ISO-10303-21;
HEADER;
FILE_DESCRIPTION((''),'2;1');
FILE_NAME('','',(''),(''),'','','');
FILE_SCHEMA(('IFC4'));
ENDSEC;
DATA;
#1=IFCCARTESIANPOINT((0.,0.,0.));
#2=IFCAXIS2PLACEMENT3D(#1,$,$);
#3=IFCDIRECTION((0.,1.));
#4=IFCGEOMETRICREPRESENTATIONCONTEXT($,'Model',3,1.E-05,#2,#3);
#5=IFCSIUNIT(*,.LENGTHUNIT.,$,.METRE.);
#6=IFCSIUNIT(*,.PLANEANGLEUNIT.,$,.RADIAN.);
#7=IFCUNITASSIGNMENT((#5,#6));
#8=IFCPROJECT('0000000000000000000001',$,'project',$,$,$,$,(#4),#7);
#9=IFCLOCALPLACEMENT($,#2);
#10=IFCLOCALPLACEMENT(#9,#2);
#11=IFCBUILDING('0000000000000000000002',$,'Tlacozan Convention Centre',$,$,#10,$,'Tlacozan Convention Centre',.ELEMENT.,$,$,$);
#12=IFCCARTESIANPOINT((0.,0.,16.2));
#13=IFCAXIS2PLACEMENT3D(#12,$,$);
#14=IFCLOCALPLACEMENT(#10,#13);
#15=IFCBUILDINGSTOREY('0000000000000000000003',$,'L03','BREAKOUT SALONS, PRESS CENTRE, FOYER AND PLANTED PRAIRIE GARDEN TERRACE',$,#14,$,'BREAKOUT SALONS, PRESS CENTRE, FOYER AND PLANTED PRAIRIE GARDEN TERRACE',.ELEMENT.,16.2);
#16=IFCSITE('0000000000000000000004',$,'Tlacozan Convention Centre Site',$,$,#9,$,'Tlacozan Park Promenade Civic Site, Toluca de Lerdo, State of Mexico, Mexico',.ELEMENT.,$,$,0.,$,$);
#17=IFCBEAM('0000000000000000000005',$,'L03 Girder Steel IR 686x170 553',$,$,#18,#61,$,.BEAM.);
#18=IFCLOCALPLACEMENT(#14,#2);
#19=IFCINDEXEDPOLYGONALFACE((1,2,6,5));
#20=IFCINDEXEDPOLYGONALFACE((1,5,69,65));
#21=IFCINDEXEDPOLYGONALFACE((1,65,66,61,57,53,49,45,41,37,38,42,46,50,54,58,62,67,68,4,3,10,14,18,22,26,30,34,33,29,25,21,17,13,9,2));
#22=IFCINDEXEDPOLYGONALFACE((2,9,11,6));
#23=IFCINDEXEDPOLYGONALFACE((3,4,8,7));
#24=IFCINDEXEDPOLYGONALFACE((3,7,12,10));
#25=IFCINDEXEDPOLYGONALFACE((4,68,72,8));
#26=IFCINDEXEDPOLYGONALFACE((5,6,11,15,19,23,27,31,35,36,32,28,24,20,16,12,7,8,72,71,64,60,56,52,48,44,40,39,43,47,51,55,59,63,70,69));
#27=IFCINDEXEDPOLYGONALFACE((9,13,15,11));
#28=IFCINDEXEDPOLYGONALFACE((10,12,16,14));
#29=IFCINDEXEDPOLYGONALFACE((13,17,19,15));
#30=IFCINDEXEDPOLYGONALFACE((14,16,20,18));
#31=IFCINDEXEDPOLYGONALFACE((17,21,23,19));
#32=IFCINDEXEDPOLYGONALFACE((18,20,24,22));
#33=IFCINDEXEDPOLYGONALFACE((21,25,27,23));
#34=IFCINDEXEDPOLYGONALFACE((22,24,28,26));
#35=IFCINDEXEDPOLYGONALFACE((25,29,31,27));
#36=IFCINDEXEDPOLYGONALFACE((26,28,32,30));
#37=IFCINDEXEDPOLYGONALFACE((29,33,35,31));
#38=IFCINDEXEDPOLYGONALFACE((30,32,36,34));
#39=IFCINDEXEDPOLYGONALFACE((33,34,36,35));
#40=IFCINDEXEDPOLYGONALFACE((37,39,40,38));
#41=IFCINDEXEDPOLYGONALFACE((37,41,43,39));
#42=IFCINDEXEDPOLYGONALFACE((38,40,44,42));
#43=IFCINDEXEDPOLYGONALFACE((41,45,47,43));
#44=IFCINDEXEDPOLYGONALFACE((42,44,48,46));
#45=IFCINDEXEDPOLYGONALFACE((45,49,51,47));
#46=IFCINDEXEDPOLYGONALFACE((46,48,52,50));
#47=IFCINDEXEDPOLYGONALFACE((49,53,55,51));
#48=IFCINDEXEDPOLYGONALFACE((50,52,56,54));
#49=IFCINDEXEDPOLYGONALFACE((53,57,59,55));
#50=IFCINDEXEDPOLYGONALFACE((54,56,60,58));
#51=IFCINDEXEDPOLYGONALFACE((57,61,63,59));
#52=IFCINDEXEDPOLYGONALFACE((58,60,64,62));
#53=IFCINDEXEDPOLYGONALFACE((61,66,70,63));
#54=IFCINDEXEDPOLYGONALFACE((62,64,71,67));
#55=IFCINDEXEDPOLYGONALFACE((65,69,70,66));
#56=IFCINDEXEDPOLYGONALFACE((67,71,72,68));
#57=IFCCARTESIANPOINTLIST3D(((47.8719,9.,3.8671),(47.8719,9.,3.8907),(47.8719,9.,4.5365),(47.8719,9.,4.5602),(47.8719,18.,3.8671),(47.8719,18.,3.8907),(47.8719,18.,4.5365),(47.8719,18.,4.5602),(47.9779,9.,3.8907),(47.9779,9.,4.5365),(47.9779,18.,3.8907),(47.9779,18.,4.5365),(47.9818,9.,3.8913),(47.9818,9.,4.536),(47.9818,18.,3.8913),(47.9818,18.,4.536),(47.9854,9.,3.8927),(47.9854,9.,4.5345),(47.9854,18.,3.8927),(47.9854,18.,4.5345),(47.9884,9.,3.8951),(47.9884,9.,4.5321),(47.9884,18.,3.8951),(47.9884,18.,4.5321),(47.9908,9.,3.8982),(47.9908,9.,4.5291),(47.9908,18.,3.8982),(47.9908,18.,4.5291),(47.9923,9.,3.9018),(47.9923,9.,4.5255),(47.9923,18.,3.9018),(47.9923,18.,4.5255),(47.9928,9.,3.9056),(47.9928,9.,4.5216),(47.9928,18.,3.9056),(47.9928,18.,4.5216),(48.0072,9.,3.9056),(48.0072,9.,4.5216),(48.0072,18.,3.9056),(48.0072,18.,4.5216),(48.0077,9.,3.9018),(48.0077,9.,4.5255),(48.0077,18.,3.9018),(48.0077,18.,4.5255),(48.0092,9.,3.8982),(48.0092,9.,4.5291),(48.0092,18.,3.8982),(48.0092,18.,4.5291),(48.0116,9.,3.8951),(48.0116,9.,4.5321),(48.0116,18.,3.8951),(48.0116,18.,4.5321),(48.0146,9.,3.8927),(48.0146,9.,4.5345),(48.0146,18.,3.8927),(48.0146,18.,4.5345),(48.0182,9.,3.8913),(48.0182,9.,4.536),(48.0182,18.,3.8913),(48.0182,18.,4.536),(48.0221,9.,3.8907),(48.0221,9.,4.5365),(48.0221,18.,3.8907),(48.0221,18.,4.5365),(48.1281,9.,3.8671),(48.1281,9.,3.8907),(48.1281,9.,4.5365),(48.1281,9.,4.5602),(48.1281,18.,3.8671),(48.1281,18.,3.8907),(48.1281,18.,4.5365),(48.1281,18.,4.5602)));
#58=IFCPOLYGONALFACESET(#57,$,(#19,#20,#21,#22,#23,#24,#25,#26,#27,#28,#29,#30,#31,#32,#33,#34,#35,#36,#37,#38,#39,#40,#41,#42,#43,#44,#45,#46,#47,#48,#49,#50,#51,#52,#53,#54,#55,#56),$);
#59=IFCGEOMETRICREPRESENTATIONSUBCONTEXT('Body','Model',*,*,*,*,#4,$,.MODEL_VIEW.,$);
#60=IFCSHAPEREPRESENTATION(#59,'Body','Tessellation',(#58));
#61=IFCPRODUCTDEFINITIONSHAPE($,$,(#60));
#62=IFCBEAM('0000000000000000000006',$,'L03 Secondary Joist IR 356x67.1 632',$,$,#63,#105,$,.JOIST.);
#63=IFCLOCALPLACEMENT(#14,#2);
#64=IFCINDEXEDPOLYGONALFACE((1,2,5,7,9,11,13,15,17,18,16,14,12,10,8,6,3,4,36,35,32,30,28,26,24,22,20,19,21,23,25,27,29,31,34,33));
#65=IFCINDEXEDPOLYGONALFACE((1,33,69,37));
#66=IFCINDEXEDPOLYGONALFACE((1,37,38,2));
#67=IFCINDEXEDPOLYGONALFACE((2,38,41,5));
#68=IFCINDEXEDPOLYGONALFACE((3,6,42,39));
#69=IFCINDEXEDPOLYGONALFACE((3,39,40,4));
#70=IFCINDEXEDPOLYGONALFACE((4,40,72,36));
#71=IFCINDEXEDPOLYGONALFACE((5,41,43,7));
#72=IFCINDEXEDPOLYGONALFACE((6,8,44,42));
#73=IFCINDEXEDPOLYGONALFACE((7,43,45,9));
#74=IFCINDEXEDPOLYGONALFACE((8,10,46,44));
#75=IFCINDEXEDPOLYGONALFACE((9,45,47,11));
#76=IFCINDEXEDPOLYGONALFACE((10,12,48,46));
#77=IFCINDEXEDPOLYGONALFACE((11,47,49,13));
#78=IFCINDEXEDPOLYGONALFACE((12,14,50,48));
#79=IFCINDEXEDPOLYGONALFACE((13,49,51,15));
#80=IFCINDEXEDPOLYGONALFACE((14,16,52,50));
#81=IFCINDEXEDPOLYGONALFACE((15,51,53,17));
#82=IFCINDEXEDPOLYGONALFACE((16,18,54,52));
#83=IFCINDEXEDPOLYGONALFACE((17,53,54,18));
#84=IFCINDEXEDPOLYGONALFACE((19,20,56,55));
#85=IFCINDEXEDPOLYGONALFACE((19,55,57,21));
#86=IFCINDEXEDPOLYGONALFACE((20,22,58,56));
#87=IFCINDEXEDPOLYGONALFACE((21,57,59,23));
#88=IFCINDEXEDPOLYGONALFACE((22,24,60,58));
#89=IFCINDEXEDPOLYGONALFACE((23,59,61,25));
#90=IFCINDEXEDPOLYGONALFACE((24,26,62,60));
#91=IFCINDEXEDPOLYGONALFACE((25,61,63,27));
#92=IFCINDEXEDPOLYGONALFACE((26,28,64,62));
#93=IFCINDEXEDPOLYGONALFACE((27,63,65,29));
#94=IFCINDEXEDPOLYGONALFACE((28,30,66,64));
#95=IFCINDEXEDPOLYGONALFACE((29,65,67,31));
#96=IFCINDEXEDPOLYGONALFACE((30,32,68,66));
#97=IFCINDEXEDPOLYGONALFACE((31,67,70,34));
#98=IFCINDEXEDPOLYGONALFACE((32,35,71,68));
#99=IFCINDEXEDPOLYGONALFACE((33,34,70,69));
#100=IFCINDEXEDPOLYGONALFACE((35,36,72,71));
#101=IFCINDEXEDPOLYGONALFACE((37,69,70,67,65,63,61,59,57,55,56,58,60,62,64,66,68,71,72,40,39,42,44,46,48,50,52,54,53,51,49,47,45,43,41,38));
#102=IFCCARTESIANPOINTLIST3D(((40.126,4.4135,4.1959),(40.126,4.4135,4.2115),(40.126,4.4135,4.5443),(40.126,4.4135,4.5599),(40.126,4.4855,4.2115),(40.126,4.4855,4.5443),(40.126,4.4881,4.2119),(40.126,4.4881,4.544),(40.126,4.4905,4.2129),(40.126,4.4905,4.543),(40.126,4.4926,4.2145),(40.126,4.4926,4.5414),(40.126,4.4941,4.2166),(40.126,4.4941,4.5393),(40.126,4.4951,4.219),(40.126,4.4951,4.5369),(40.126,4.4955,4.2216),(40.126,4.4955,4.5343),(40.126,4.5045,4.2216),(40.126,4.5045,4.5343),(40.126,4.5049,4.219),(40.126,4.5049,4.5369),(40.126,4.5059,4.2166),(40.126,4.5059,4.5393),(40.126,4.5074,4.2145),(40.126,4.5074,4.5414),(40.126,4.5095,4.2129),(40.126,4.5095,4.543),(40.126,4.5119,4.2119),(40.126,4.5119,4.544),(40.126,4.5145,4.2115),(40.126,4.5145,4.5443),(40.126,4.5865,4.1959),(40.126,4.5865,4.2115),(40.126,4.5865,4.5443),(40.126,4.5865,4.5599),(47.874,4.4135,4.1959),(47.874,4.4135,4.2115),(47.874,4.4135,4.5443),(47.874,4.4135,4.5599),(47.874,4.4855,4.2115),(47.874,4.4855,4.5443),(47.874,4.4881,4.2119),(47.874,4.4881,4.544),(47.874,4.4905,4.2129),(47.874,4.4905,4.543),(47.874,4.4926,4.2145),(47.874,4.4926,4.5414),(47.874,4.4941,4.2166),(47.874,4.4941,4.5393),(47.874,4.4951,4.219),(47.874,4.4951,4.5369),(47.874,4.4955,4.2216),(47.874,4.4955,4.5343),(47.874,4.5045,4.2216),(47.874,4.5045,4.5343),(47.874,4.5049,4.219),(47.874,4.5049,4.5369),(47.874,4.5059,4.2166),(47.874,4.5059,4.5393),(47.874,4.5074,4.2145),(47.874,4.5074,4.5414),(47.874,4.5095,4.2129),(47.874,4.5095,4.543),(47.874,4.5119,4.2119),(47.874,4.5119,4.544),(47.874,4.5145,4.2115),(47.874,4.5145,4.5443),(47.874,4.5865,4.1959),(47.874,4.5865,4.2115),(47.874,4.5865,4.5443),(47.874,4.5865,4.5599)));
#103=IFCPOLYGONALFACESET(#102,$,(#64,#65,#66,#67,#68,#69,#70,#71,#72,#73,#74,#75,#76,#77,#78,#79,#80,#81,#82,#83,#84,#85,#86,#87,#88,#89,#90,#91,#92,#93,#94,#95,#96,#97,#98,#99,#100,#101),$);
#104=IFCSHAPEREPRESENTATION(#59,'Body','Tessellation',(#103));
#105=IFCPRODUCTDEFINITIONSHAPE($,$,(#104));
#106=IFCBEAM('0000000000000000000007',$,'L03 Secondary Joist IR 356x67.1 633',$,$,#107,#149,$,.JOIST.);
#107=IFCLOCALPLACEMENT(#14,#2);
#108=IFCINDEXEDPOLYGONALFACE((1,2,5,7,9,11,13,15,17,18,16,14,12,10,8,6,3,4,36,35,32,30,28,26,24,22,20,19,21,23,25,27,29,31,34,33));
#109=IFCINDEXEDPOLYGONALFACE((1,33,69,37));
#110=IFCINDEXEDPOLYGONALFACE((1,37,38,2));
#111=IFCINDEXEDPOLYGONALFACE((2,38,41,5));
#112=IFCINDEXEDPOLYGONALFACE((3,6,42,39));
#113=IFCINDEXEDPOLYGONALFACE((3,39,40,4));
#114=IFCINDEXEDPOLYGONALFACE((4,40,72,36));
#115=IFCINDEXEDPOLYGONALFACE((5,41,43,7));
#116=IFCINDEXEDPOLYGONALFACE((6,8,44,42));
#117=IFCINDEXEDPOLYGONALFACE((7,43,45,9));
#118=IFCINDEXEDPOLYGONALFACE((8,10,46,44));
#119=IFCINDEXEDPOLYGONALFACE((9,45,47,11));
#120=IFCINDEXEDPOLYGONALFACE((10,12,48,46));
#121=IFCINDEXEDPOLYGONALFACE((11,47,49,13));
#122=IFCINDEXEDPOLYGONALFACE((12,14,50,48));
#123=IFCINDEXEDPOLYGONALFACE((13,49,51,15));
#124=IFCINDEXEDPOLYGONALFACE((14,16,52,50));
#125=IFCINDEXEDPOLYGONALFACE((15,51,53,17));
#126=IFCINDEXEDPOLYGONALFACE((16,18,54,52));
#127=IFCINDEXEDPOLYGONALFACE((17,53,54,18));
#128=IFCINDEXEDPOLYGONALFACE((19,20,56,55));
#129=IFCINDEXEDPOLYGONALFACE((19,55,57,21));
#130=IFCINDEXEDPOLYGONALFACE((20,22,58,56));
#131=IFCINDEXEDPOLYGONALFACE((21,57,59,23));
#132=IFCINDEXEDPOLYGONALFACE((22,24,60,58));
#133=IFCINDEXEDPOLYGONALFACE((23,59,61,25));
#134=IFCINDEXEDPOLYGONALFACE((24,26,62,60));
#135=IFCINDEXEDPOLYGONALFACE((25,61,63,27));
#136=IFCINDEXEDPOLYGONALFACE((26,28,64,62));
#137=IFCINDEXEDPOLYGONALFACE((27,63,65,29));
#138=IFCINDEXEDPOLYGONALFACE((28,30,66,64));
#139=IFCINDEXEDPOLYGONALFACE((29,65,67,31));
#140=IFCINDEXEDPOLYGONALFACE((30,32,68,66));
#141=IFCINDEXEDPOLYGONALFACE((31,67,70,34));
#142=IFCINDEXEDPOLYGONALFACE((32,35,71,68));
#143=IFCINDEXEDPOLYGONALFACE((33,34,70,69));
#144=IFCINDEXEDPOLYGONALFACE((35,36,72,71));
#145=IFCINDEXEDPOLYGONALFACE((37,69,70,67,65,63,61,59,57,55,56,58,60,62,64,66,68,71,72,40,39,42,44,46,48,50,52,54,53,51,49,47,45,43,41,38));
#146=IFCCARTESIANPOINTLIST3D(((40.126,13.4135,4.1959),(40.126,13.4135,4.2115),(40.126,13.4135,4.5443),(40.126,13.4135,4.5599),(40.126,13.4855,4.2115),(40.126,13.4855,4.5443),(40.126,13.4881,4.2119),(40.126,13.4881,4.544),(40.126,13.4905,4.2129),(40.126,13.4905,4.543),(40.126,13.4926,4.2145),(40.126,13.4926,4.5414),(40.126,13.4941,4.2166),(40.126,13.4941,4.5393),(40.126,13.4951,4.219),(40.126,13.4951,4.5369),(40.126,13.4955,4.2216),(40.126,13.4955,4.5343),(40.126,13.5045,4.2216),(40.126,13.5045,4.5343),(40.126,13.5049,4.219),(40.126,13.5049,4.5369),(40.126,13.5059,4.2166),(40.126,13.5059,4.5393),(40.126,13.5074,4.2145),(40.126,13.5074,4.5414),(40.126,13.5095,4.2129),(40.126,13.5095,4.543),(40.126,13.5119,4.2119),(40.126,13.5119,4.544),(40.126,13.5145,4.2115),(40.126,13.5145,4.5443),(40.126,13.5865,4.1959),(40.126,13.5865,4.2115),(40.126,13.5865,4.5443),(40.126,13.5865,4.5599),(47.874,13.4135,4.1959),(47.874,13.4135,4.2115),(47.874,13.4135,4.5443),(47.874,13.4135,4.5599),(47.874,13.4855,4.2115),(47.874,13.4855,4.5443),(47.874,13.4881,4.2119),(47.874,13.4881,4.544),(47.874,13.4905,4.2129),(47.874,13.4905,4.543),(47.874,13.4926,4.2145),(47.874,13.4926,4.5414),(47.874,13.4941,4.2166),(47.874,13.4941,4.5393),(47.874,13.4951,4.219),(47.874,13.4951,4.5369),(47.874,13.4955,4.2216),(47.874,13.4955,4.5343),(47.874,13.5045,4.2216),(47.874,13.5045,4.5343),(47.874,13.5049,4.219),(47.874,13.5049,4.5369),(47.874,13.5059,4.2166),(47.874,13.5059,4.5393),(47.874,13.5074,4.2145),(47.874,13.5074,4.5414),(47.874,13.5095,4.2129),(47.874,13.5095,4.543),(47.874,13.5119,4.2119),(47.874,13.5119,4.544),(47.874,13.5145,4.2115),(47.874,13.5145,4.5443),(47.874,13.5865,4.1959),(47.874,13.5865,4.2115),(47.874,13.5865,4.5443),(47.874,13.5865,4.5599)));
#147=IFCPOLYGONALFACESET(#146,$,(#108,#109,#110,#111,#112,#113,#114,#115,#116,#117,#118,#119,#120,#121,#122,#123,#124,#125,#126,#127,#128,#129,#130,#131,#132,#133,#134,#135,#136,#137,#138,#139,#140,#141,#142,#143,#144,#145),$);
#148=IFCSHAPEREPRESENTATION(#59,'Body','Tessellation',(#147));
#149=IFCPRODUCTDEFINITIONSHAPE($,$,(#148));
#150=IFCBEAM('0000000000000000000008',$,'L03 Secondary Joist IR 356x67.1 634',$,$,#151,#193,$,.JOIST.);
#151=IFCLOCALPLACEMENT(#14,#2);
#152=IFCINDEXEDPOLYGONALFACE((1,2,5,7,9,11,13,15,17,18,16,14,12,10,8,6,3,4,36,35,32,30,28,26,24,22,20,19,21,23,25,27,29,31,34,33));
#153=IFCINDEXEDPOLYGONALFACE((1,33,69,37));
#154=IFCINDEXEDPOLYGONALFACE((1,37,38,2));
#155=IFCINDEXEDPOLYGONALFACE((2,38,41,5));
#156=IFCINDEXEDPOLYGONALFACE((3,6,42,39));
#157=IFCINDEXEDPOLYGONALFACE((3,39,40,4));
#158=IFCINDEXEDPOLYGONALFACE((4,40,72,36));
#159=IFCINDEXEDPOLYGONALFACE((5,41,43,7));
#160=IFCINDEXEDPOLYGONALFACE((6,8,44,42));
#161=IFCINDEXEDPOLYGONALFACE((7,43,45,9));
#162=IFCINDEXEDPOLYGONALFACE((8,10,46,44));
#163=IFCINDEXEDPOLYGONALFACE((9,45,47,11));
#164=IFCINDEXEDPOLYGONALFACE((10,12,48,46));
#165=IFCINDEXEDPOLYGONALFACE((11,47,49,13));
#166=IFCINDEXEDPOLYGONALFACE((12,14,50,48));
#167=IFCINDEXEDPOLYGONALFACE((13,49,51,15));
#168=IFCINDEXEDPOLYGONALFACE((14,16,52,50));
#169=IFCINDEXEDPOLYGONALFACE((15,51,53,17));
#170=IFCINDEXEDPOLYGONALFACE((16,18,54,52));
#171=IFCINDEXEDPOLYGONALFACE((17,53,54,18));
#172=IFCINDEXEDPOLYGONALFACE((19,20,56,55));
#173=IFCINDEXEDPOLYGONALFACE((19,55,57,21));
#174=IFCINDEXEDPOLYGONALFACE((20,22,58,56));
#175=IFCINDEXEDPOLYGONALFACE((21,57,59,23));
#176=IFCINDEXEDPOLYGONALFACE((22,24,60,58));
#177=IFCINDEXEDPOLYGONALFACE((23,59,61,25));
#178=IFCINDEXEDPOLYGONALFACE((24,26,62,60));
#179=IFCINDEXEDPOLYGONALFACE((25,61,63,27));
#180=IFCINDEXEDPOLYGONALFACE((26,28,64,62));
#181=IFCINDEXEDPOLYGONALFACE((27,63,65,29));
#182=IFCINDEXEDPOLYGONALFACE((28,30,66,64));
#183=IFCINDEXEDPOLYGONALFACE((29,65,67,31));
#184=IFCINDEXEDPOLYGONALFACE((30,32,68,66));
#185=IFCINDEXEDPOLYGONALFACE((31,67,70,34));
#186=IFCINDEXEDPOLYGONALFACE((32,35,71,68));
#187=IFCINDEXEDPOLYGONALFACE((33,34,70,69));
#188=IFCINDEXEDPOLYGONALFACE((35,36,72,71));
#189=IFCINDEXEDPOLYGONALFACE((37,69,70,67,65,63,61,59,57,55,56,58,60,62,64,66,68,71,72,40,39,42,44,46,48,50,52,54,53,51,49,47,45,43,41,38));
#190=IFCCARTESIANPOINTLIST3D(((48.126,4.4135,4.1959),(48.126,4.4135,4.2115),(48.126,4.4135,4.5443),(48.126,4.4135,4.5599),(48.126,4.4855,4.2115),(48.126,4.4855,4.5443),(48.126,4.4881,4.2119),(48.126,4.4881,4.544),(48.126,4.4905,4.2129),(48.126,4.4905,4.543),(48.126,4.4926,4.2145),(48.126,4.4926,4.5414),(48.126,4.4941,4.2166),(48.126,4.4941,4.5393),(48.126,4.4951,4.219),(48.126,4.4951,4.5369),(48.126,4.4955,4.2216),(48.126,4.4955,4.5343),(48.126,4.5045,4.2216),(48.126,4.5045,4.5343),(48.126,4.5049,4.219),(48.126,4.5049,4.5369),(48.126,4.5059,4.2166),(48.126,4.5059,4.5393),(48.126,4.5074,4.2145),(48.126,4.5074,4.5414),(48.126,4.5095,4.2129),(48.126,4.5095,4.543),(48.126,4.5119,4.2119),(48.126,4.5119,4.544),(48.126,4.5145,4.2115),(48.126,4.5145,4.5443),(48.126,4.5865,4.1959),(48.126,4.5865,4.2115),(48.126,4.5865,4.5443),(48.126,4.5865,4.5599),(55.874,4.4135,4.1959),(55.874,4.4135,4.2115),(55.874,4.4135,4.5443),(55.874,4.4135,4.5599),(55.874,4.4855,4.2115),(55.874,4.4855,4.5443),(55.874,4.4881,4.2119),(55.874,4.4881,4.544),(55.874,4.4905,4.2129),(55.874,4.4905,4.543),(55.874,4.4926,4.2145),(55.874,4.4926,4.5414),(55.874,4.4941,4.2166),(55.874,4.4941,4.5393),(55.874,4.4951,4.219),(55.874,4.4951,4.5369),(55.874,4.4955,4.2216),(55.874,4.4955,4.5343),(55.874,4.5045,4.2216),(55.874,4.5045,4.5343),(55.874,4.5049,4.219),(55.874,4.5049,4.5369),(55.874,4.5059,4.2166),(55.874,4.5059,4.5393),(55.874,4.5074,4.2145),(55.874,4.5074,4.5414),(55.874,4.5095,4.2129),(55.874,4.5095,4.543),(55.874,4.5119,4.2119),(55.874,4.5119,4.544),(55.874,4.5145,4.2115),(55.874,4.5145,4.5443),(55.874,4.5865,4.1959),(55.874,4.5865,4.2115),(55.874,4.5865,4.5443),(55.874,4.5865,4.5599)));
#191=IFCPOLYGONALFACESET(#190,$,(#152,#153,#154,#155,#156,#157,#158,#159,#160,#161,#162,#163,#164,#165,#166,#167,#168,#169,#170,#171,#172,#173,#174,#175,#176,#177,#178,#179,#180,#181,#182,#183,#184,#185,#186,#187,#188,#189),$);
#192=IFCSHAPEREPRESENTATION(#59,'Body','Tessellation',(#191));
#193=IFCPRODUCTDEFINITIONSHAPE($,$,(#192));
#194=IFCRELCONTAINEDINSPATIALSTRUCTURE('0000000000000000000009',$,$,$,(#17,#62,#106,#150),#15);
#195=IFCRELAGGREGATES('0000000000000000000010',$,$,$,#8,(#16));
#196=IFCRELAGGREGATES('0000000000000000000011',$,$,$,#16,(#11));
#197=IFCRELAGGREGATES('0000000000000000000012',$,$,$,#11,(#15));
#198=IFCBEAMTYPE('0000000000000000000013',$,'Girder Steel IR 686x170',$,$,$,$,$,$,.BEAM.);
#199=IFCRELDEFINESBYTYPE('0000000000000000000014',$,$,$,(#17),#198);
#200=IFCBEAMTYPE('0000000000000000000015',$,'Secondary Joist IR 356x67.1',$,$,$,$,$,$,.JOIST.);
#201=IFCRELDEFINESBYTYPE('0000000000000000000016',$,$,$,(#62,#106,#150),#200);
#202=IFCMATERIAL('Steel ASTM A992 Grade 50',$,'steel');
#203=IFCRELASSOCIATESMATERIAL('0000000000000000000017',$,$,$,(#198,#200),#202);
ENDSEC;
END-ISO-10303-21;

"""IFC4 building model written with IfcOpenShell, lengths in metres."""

from ifc_helpers import new_model, si_unit, direction, frame, origin, origin_2d, place, context, subcontext, project, spatial, i_section, extrude, material, material_profile, profile_set, type_object, element, save


model = new_model("IFC4")

# Units and contexts
model_context = context("Model", 3, precision=1e-05, world=origin(), true_north=direction((0.0, 1.0)))
body_context = subcontext(model_context, "Body", "Model", "MODEL_VIEW")
ifc_project = project(units=[si_unit("LENGTHUNIT", "METRE"), si_unit("PLANEANGLEUNIT", "RADIAN")], contexts=[model_context])

# Site, building, storey
site_placement = place(None, origin())
site = spatial("IfcSite", under=ifc_project, at=site_placement, Name="Tlacozan Convention Centre Site", LongName="Tlacozan Park Promenade Civic Site, Toluca de Lerdo, State of Mexico, Mexico", CompositionType="ELEMENT", RefElevation=0.0)
building_placement = place(site_placement, origin())
building = spatial("IfcBuilding", under=site, at=building_placement, Name="Tlacozan Convention Centre", LongName="Tlacozan Convention Centre", CompositionType="ELEMENT")
storey_placement = place(building_placement, frame((0.0, 0.0, 16.2)))
storey = spatial("IfcBuildingStorey", under=building, at=storey_placement, Name="L03", Description="BREAKOUT SALONS, PRESS CENTRE, FOYER AND PLANTED PRAIRIE GARDEN TERRACE", LongName="BREAKOUT SALONS, PRESS CENTRE, FOYER AND PLANTED PRAIRIE GARDEN TERRACE", CompositionType="ELEMENT", Elevation=16.2)

# Beams
ifc_material_1 = material(Name="Steel ASTM A992 Grade 50", Category="steel")
ifc_material_profile_1 = material_profile(ifc_material_1, i_section(OverallWidth=0.2561, OverallDepth=0.6931, WebThickness=0.0144, FlangeThickness=0.0237, FilletRadius=0.0149, at=origin_2d()), Name="IR 686x170.0")
ifc_profile_set_1 = profile_set([ifc_material_profile_1], Name="Steel ASTM A992 Grade 50")
beam_type_1 = type_object("IfcBeamType", Name="Girder Steel IR 686x170", PredefinedType="BEAM", material=ifc_profile_set_1)
beam_1_placement = place(storey_placement, frame((48.0, 9.0, 4.2136), z_axis=(0.0, 1.0, 0.0), x_axis=(-1.0, 0.0, 0.0)))
element("IfcBeam", 1, at=beam_1_placement, inside=storey, type_object=beam_type_1, Name="L03 Girder Steel IR 686x170 553", PredefinedType="BEAM", context=body_context, shape_type="SweptSolid", body=[
    extrude(i_section(OverallWidth=0.2561, OverallDepth=0.6931, WebThickness=0.0144, FlangeThickness=0.0237, FilletRadius=0.0149, at=origin_2d()), origin(), (0.0, 0.0, 1.0), 9.0),
])
ifc_material_profile_2 = material_profile(ifc_material_1, i_section(OverallWidth=0.1731, OverallDepth=0.364, WebThickness=0.009, FlangeThickness=0.0156, FilletRadius=0.01, at=origin_2d()), Name="IR 356x67.1")
ifc_profile_set_2 = profile_set([ifc_material_profile_2], Name="Steel ASTM A992 Grade 50")
beam_type_2 = type_object("IfcBeamType", Name="Secondary Joist IR 356x67.1", PredefinedType="JOIST", material=ifc_profile_set_2)
for number, where, z_axis, x_axis, name in (
    (2, (40.126, 4.5, 4.3779), (1.0, 0.0, 0.0), (0.0, 1.0, 0.0), "L03 Secondary Joist IR 356x67.1 632"),
    (3, (40.126, 13.5, 4.3779), (1.0, 0.0, 0.0), (0.0, 1.0, 0.0), "L03 Secondary Joist IR 356x67.1 633"),
    (4, (48.126, 4.5, 4.3779), (1.0, 0.0, 0.0), (0.0, 1.0, 0.0), "L03 Secondary Joist IR 356x67.1 634"),
):
    element("IfcBeam", number, at=place(storey_placement, frame(where, z_axis=z_axis, x_axis=x_axis)), inside=storey, type_object=beam_type_2, Name=name, PredefinedType="JOIST", context=body_context, shape_type="SweptSolid", body=[
        extrude(i_section(OverallWidth=0.1731, OverallDepth=0.364, WebThickness=0.009, FlangeThickness=0.0156, FilletRadius=0.01, at=origin_2d()), origin(), (0.0, 0.0, 1.0), 7.748),
    ])

save(model, "model.ifc")
